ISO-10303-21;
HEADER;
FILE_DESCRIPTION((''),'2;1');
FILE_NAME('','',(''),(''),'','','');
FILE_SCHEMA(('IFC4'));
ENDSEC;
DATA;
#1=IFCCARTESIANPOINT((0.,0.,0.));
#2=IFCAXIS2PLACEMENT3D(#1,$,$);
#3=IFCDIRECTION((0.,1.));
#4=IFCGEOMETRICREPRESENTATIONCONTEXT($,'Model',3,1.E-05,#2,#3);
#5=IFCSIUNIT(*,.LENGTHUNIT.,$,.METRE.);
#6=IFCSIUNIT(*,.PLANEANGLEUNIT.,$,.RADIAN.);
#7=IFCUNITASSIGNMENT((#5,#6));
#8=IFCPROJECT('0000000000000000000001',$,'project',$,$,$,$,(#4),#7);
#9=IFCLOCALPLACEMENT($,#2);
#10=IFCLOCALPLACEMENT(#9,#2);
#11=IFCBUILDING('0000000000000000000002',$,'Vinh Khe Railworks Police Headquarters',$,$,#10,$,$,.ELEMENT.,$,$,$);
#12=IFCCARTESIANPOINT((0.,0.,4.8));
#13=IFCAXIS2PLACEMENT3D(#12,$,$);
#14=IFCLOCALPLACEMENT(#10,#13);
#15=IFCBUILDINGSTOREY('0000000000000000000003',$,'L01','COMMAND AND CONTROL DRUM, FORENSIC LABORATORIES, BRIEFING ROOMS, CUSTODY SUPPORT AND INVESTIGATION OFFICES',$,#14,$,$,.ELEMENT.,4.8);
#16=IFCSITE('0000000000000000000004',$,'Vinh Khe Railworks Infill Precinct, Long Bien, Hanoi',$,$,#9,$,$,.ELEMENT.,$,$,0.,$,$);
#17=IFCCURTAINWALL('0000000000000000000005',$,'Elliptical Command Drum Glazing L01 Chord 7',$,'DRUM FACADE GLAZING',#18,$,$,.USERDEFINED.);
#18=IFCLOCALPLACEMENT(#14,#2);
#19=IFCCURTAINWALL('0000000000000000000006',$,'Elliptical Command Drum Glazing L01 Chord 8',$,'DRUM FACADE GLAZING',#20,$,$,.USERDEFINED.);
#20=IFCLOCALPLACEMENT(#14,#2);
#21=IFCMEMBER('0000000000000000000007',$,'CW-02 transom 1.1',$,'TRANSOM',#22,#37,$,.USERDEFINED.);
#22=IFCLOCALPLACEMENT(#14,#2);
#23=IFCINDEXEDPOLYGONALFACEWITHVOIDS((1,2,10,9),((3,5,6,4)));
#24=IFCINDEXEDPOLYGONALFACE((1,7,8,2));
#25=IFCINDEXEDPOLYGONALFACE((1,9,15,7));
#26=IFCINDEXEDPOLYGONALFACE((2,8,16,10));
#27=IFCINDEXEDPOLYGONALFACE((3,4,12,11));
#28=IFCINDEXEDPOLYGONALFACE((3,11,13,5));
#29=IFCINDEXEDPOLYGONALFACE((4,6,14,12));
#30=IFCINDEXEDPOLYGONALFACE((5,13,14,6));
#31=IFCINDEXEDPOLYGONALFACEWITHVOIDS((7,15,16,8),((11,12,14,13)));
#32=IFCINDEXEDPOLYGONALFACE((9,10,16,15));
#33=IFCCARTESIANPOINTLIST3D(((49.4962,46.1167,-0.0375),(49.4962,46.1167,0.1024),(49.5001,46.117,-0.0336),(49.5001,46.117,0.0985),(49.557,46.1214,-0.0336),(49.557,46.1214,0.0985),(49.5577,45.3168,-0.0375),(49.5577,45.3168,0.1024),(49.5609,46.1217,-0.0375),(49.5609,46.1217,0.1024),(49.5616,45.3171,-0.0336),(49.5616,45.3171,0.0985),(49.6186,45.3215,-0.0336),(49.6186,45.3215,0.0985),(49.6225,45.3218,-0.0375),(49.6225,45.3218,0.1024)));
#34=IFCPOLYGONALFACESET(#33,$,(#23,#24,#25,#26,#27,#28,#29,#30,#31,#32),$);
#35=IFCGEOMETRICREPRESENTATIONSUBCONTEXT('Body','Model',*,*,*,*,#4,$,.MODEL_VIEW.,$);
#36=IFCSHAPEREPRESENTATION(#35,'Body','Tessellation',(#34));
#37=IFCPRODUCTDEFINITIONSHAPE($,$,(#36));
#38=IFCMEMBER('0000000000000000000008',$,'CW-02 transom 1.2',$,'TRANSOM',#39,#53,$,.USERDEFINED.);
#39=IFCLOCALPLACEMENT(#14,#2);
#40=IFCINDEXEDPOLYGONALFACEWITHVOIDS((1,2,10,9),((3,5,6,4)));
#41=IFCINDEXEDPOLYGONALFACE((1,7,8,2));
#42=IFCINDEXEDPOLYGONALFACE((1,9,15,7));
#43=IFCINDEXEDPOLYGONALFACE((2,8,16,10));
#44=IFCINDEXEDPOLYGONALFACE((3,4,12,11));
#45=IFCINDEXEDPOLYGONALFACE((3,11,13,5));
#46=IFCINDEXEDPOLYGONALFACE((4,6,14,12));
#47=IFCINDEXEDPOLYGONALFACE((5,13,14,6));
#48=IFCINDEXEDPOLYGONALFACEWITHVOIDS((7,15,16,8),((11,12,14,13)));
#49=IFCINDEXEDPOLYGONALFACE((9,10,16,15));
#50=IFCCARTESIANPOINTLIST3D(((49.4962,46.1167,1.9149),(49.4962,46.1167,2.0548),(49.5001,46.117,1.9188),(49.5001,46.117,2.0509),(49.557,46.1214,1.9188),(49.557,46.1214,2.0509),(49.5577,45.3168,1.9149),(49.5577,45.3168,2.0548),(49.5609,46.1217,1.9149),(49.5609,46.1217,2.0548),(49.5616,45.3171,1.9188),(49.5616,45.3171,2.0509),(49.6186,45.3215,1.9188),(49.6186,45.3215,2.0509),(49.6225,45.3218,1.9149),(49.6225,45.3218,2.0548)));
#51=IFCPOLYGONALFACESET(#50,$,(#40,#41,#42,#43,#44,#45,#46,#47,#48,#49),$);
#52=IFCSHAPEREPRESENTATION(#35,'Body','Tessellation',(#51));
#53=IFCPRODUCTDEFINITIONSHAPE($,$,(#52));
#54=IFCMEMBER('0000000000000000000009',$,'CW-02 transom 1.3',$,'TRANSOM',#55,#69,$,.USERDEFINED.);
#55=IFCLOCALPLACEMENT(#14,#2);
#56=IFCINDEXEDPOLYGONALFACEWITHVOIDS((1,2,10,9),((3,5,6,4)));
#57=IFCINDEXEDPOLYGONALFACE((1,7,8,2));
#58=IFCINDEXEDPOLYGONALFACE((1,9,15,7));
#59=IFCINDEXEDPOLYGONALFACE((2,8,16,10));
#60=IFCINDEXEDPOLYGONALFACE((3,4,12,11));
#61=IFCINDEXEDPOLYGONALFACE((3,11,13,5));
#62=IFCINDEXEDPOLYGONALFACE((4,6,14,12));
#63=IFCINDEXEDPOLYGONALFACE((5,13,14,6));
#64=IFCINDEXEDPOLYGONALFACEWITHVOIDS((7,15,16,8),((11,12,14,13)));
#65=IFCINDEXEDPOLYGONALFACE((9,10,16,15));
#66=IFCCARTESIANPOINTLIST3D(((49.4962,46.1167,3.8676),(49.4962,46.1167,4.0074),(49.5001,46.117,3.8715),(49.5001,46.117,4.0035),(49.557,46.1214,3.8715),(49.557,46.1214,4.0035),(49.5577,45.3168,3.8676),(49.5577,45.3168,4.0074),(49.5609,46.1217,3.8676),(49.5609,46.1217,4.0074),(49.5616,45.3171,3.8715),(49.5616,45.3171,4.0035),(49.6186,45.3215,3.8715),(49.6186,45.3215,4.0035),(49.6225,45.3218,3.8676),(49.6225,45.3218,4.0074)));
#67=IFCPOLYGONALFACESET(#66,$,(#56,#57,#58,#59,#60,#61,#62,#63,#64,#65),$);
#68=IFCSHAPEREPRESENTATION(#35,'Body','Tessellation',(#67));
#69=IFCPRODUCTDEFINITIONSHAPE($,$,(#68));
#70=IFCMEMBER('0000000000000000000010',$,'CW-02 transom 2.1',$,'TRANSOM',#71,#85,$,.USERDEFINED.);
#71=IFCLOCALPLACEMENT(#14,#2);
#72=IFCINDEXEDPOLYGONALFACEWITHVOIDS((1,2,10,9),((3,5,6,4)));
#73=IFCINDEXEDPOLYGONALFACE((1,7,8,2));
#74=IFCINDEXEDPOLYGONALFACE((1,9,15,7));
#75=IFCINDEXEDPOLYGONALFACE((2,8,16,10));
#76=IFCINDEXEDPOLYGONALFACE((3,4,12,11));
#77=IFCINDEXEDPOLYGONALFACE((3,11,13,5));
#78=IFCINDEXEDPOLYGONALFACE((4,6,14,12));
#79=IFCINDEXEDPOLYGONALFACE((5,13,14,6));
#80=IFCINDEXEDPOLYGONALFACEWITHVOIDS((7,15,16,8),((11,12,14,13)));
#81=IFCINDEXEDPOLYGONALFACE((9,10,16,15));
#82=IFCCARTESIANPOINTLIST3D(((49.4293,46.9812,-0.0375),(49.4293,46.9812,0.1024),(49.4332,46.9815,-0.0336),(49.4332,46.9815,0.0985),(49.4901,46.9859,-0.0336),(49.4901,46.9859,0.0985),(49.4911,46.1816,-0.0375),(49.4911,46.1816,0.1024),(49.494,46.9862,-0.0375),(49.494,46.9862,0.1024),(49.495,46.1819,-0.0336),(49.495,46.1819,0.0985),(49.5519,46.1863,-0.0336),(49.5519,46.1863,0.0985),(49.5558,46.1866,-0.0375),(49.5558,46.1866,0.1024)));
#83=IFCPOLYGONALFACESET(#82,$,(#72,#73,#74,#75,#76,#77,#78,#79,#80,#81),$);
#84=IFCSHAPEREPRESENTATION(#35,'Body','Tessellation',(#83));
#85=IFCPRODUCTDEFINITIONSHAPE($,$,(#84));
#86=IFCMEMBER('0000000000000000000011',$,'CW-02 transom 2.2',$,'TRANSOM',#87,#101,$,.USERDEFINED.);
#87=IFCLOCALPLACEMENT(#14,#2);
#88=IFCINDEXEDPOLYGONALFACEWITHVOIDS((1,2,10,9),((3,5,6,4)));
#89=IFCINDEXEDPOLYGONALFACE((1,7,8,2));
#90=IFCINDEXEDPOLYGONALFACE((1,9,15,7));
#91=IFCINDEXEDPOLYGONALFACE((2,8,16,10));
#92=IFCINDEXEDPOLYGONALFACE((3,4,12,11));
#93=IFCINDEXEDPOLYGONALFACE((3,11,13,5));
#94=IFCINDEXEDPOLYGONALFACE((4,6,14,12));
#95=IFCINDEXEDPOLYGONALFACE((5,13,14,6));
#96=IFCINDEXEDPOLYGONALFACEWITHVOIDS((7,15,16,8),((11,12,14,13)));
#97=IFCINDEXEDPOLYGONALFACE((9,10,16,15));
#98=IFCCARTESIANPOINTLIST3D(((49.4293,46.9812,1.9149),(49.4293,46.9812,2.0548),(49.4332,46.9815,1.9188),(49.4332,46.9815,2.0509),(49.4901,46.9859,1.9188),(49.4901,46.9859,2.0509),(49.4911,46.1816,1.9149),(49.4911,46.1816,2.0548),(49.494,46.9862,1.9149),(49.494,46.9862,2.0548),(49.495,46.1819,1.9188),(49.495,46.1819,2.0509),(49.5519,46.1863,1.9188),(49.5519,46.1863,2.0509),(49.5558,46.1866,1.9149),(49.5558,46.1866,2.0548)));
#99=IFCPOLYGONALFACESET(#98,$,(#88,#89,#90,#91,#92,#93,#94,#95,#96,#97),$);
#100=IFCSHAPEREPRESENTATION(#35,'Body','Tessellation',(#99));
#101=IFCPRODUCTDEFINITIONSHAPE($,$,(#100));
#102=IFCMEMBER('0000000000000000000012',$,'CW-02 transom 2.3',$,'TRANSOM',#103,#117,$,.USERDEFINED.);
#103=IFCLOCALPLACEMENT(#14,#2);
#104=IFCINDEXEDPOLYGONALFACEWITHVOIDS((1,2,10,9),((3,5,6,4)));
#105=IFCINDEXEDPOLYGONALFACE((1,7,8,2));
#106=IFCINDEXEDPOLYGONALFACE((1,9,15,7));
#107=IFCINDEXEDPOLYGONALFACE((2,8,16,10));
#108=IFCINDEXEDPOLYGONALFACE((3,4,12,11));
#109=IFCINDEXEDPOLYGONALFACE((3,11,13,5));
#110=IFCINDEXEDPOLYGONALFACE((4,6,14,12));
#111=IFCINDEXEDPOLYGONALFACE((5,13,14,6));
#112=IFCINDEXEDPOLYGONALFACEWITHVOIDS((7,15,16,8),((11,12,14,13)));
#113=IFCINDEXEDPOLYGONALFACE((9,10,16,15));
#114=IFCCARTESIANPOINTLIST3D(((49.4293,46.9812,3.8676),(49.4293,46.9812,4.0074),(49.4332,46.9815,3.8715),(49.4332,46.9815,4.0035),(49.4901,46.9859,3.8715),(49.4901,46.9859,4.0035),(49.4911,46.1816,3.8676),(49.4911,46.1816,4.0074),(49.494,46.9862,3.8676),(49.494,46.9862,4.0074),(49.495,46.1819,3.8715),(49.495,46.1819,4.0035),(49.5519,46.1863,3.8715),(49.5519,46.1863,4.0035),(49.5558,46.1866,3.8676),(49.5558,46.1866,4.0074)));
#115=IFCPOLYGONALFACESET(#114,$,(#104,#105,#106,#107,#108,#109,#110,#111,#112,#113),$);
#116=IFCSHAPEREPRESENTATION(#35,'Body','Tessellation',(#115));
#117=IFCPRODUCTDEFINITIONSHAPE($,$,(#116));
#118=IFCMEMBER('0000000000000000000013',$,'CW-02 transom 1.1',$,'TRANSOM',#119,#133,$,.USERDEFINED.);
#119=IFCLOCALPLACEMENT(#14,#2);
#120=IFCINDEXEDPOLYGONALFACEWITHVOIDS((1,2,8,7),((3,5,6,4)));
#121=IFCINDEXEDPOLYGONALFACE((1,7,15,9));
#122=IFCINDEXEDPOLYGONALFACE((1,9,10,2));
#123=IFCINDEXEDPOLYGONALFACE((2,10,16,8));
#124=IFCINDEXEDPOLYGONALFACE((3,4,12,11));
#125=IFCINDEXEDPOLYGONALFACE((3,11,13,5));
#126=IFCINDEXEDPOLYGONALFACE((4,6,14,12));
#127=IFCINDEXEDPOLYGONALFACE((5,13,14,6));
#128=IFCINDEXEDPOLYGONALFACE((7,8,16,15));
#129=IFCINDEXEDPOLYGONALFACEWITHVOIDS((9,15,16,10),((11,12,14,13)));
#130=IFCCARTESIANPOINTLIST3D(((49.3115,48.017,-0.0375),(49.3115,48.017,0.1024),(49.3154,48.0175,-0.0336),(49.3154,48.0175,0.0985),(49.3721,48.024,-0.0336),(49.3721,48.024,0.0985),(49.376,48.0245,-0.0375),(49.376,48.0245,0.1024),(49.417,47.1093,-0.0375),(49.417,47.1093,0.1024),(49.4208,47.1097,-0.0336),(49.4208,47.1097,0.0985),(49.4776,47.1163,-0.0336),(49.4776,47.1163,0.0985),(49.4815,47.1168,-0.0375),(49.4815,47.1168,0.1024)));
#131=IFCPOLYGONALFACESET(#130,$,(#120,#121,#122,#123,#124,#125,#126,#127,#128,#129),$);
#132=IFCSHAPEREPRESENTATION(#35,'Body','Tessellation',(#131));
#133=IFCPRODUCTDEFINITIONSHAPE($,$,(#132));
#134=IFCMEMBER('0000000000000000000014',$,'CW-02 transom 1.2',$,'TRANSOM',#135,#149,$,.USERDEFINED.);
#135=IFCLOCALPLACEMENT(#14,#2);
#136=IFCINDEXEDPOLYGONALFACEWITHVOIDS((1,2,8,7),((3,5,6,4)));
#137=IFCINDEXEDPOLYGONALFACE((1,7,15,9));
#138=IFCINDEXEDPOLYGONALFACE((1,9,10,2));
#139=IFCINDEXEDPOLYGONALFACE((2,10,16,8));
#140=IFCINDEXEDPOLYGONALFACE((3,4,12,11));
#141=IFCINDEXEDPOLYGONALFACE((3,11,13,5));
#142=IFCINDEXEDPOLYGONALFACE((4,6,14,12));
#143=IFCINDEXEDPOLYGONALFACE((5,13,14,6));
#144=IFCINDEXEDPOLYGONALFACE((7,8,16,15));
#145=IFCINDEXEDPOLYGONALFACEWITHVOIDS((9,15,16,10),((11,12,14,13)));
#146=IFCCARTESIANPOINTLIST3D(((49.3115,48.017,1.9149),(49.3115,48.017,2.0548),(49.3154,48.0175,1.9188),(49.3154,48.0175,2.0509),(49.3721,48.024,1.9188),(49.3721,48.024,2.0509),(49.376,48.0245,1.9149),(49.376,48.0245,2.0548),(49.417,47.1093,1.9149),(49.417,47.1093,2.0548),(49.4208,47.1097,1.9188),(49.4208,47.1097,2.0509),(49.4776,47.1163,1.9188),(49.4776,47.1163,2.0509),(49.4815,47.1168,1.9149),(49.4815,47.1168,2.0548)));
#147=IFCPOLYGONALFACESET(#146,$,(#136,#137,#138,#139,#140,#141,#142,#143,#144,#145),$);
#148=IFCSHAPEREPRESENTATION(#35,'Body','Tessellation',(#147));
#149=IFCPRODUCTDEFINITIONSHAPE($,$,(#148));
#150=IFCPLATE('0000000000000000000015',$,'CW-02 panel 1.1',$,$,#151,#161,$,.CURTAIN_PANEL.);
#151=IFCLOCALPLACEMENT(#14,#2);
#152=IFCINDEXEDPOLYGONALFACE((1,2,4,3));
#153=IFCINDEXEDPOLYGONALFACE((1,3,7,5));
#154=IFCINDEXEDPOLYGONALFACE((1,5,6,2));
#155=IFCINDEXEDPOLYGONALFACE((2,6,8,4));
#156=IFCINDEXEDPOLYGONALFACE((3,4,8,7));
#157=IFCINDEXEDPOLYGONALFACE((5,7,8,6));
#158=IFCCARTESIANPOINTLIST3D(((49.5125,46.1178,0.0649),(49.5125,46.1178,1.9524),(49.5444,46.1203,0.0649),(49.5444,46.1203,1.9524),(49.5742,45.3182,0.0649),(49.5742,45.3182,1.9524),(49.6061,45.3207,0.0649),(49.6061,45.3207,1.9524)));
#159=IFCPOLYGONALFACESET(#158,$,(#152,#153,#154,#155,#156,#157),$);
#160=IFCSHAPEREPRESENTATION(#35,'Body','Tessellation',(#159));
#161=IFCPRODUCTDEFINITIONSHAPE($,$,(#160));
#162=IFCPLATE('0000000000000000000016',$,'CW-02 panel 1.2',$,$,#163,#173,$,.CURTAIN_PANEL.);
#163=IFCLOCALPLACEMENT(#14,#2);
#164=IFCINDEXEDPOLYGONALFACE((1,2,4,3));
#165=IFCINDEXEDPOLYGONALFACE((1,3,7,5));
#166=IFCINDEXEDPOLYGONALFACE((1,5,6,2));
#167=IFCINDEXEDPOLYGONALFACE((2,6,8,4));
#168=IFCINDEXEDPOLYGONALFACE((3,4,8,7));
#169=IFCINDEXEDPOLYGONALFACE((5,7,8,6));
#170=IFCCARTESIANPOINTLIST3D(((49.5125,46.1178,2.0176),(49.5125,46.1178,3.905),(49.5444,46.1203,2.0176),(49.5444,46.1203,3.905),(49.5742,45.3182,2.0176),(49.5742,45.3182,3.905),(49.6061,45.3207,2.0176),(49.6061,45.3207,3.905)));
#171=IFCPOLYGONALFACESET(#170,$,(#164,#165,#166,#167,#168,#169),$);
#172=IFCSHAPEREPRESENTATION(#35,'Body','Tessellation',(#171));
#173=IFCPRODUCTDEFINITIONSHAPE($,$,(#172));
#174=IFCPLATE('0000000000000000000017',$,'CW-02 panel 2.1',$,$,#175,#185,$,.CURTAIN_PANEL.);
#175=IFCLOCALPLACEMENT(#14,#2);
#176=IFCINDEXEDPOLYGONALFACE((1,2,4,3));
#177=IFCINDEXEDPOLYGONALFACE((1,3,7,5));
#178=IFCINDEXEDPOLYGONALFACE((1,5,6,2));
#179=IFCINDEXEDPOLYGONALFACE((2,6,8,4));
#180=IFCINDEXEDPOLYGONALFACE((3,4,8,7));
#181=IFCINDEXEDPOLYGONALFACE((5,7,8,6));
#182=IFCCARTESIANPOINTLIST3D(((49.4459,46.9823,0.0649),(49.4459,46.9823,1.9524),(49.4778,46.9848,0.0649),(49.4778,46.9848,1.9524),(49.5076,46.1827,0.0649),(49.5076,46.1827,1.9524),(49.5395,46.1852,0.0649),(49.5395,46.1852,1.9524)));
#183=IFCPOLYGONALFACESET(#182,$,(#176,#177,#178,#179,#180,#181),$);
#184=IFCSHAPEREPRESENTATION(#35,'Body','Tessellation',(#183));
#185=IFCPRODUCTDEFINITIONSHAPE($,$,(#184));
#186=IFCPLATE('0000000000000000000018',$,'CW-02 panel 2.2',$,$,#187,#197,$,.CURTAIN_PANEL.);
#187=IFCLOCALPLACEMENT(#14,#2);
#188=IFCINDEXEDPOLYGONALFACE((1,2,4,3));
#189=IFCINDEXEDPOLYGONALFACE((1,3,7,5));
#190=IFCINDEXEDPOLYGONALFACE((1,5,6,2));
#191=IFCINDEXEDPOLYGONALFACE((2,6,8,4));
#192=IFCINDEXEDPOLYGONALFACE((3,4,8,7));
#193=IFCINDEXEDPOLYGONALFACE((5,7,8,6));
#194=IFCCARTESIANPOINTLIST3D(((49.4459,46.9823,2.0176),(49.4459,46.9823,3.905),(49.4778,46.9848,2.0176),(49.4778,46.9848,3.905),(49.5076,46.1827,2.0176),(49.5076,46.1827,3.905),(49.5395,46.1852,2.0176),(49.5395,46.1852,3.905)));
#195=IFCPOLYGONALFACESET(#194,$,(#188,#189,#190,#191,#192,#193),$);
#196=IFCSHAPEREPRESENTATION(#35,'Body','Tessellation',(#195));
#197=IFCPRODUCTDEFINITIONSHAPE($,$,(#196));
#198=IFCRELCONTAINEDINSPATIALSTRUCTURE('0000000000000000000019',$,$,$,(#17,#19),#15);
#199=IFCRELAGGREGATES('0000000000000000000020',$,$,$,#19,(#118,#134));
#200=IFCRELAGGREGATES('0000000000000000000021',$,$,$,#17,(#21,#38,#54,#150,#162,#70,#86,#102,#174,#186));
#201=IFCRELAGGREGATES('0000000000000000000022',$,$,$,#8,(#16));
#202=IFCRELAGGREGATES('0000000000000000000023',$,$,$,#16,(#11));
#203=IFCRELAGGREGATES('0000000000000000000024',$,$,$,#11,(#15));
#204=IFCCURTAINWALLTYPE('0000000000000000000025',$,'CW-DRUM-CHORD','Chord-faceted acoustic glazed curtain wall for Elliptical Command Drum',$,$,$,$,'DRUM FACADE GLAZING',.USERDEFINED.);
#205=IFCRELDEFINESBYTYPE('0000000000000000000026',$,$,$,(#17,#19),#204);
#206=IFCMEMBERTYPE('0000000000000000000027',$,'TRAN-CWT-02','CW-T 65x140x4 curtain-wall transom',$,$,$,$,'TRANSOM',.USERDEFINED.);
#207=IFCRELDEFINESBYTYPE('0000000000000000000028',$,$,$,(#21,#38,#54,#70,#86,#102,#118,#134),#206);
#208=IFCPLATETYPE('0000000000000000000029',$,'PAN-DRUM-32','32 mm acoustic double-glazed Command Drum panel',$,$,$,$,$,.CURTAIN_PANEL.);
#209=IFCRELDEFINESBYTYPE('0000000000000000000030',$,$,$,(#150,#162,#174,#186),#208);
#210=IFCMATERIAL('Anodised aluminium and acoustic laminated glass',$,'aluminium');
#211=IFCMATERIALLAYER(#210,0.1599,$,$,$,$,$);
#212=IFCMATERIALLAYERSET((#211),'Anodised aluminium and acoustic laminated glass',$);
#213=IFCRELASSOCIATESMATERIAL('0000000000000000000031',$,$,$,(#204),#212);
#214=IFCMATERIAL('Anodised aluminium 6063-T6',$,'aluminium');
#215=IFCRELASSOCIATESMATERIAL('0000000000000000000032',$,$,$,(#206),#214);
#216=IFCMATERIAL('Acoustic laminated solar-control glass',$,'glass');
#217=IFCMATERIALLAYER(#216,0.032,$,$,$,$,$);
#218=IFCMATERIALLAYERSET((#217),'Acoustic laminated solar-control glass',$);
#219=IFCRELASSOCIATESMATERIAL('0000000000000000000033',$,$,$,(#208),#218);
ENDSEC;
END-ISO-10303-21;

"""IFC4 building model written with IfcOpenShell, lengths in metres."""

from ifc_helpers import new_model, si_unit, direction, frame, origin, origin_2d, place, context, subcontext, project, spatial, rectangle, hollow_rectangle, extrude, material, layer, layer_set, material_profile, profile_set, type_object, element, aggregate, save


model = new_model("IFC4")

# Units and contexts
model_context = context("Model", 3, precision=1e-05, world=origin(), true_north=direction((0.0, 1.0)))
body_context = subcontext(model_context, "Body", "Model", "MODEL_VIEW")
ifc_project = project(units=[si_unit("LENGTHUNIT", "METRE"), si_unit("PLANEANGLEUNIT", "RADIAN")], contexts=[model_context])

# Site, building, storey
site_placement = place(None, origin())
site = spatial("IfcSite", under=ifc_project, at=site_placement, Name="Vinh Khe Railworks Infill Precinct, Long Bien, Hanoi", CompositionType="ELEMENT", RefElevation=0.0)
building_placement = place(site_placement, origin())
building = spatial("IfcBuilding", under=site, at=building_placement, Name="Vinh Khe Railworks Police Headquarters", CompositionType="ELEMENT")
storey_placement = place(building_placement, frame((0.0, 0.0, 4.8)))
storey = spatial("IfcBuildingStorey", under=building, at=storey_placement, Name="L01", Description="COMMAND AND CONTROL DRUM, FORENSIC LABORATORIES, BRIEFING ROOMS, CUSTODY SUPPORT AND INVESTIGATION OFFICES", CompositionType="ELEMENT", Elevation=4.8)

# Shared definitions
ifc_material_1 = material(Name="Anodised aluminium and acoustic laminated glass", Category="aluminium")
ifc_layer_1 = layer(ifc_material_1, 0.1599)
ifc_layer_set_1 = layer_set([ifc_layer_1], Name="Anodised aluminium and acoustic laminated glass")
curtain_wall_type = type_object("IfcCurtainWallType", Name="CW-DRUM-CHORD", Description="Chord-faceted acoustic glazed curtain wall for Elliptical Command Drum", ElementType="DRUM FACADE GLAZING", PredefinedType="USERDEFINED", material=ifc_layer_set_1)
ifc_material_2 = material(Name="Anodised aluminium 6063-T6", Category="aluminium")

# Curtain wall
curtain_wall_1_placement = place(storey_placement, origin())
curtain_wall_1 = element("IfcCurtainWall", 1, at=curtain_wall_1_placement, inside=storey, type_object=curtain_wall_type, Name="Elliptical Command Drum Glazing L01 Chord 7", ObjectType="DRUM FACADE GLAZING", PredefinedType="USERDEFINED")

# Curtain wall
curtain_wall_2_placement = place(storey_placement, origin())
curtain_wall_2 = element("IfcCurtainWall", 2, at=curtain_wall_2_placement, inside=storey, type_object=curtain_wall_type, Name="Elliptical Command Drum Glazing L01 Chord 8", ObjectType="DRUM FACADE GLAZING", PredefinedType="USERDEFINED")

# Members
ifc_material_profile_1 = material_profile(ifc_material_2, hollow_rectangle(XDim=0.0649, YDim=0.1399, WallThickness=0.0039, at=origin_2d()), Name="CW-T 65x140x4")
ifc_profile_set_1 = profile_set([ifc_material_profile_1], Name="Anodised aluminium 6063-T6")
member_type_1 = type_object("IfcMemberType", Name="TRAN-CWT-02", Description="CW-T 65x140x4 curtain-wall transom", ElementType="TRANSOM", PredefinedType="USERDEFINED", material=ifc_profile_set_1)
member_1_placement = place(storey_placement, frame((49.5901, 45.3193, 0.0325), z_axis=(-0.076696, 0.997054, 0.0), x_axis=(-0.997054, -0.076696, 0.0)))
member_1 = element("IfcMember", 3, at=member_1_placement, type_object=member_type_1, Name="CW-02 transom 1.1", ObjectType="TRANSOM", PredefinedType="USERDEFINED", context=body_context, shape_type="SweptSolid", body=[
    extrude(hollow_rectangle(XDim=0.0649, YDim=0.1399, WallThickness=0.0039, at=origin_2d()), origin(), (0.0, 0.0, 1.0), 0.8022),
])
member_2_placement = place(storey_placement, frame((49.5901, 45.3193, 1.9849), z_axis=(-0.076696, 0.997054, 0.0), x_axis=(-0.997054, -0.076696, 0.0)))
member_2 = element("IfcMember", 4, at=member_2_placement, type_object=member_type_1, Name="CW-02 transom 1.2", ObjectType="TRANSOM", PredefinedType="USERDEFINED", context=body_context, shape_type="SweptSolid", body=[
    extrude(hollow_rectangle(XDim=0.0649, YDim=0.1399, WallThickness=0.0039, at=origin_2d()), origin(), (0.0, 0.0, 1.0), 0.8022),
])
member_3_placement = place(storey_placement, frame((49.5901, 45.3193, 3.9375), z_axis=(-0.076696, 0.997054, 0.0), x_axis=(-0.997054, -0.076696, 0.0)))
member_3 = element("IfcMember", 5, at=member_3_placement, type_object=member_type_1, Name="CW-02 transom 1.3", ObjectType="TRANSOM", PredefinedType="USERDEFINED", context=body_context, shape_type="SweptSolid", body=[
    extrude(hollow_rectangle(XDim=0.0649, YDim=0.1399, WallThickness=0.0039, at=origin_2d()), origin(), (0.0, 0.0, 1.0), 0.8022),
])
member_4_placement = place(storey_placement, frame((49.5234, 46.1841, 0.0325), z_axis=(-0.077022, 0.997029, 0.0), x_axis=(-0.997029, -0.077022, 0.0)))
member_4 = element("IfcMember", 6, at=member_4_placement, type_object=member_type_1, Name="CW-02 transom 2.1", ObjectType="TRANSOM", PredefinedType="USERDEFINED", context=body_context, shape_type="SweptSolid", body=[
    extrude(hollow_rectangle(XDim=0.0649, YDim=0.1399, WallThickness=0.0039, at=origin_2d()), origin(), (0.0, 0.0, 1.0), 0.802),
])
member_5_placement = place(storey_placement, frame((49.5234, 46.1841, 1.9849), z_axis=(-0.077022, 0.997029, 0.0), x_axis=(-0.997029, -0.077022, 0.0)))
member_5 = element("IfcMember", 7, at=member_5_placement, type_object=member_type_1, Name="CW-02 transom 2.2", ObjectType="TRANSOM", PredefinedType="USERDEFINED", context=body_context, shape_type="SweptSolid", body=[
    extrude(hollow_rectangle(XDim=0.0649, YDim=0.1399, WallThickness=0.0039, at=origin_2d()), origin(), (0.0, 0.0, 1.0), 0.802),
])
member_6_placement = place(storey_placement, frame((49.5234, 46.1841, 3.9375), z_axis=(-0.077022, 0.997029, 0.0), x_axis=(-0.997029, -0.077022, 0.0)))
member_6 = element("IfcMember", 8, at=member_6_placement, type_object=member_type_1, Name="CW-02 transom 2.3", ObjectType="TRANSOM", PredefinedType="USERDEFINED", context=body_context, shape_type="SweptSolid", body=[
    extrude(hollow_rectangle(XDim=0.0649, YDim=0.1399, WallThickness=0.0039, at=origin_2d()), origin(), (0.0, 0.0, 1.0), 0.802),
])
member_7_placement = place(storey_placement, frame((49.4492, 47.113, 0.0325), z_axis=(-0.115415, 0.993317, 0.0), x_axis=(-0.993317, -0.115415, 0.0)))
member_7 = element("IfcMember", 9, at=member_7_placement, type_object=member_type_1, Name="CW-02 transom 1.1", ObjectType="TRANSOM", PredefinedType="USERDEFINED", context=body_context, shape_type="SweptSolid", body=[
    extrude(hollow_rectangle(XDim=0.0649, YDim=0.1399, WallThickness=0.0039, at=origin_2d()), origin(), (0.0, 0.0, 1.0), 0.9138),
])
member_8_placement = place(storey_placement, frame((49.4492, 47.113, 1.9849), z_axis=(-0.115415, 0.993317, 0.0), x_axis=(-0.993317, -0.115415, 0.0)))
member_8 = element("IfcMember", 10, at=member_8_placement, type_object=member_type_1, Name="CW-02 transom 1.2", ObjectType="TRANSOM", PredefinedType="USERDEFINED", context=body_context, shape_type="SweptSolid", body=[
    extrude(hollow_rectangle(XDim=0.0649, YDim=0.1399, WallThickness=0.0039, at=origin_2d()), origin(), (0.0, 0.0, 1.0), 0.9138),
])
aggregate(curtain_wall_2, [member_7, member_8])

# Plates
ifc_material_3 = material(Name="Acoustic laminated solar-control glass", Category="glass")
ifc_layer_2 = layer(ifc_material_3, 0.032)
ifc_layer_set_2 = layer_set([ifc_layer_2], Name="Acoustic laminated solar-control glass")
plate_type_1 = type_object("IfcPlateType", Name="PAN-DRUM-32", Description="32 mm acoustic double-glazed Command Drum panel", PredefinedType="CURTAIN_PANEL", material=ifc_layer_set_2)
plate_1_placement = place(storey_placement, frame((49.5593, 45.7192, 0.0649), z_axis=(0.0, 0.0, 1.0), x_axis=(-0.076972, 0.997033, 0.0)))
plate_1 = element("IfcPlate", 11, at=plate_1_placement, type_object=plate_type_1, Name="CW-02 panel 1.1", PredefinedType="CURTAIN_PANEL", context=body_context, shape_type="SweptSolid", body=[
    extrude(rectangle(XDim=0.802, YDim=0.032, at=origin_2d()), origin(), (0.0, 0.0, 1.0), 1.8875),
])
plate_2_placement = place(storey_placement, frame((49.5593, 45.7192, 2.0176), z_axis=(0.0, 0.0, 1.0), x_axis=(-0.076972, 0.997033, 0.0)))
plate_2 = element("IfcPlate", 12, at=plate_2_placement, type_object=plate_type_1, Name="CW-02 panel 1.2", PredefinedType="CURTAIN_PANEL", context=body_context, shape_type="SweptSolid", body=[
    extrude(rectangle(XDim=0.802, YDim=0.032, at=origin_2d()), origin(), (0.0, 0.0, 1.0), 1.8875),
])
plate_3_placement = place(storey_placement, frame((49.4927, 46.5837, 0.0649), z_axis=(0.0, 0.0, 1.0), x_axis=(-0.076972, 0.997033, 0.0)))
plate_3 = element("IfcPlate", 13, at=plate_3_placement, type_object=plate_type_1, Name="CW-02 panel 2.1", PredefinedType="CURTAIN_PANEL", context=body_context, shape_type="SweptSolid", body=[
    extrude(rectangle(XDim=0.802, YDim=0.032, at=origin_2d()), origin(), (0.0, 0.0, 1.0), 1.8875),
])
plate_4_placement = place(storey_placement, frame((49.4927, 46.5837, 2.0176), z_axis=(0.0, 0.0, 1.0), x_axis=(-0.076972, 0.997033, 0.0)))
plate_4 = element("IfcPlate", 14, at=plate_4_placement, type_object=plate_type_1, Name="CW-02 panel 2.2", PredefinedType="CURTAIN_PANEL", context=body_context, shape_type="SweptSolid", body=[
    extrude(rectangle(XDim=0.802, YDim=0.032, at=origin_2d()), origin(), (0.0, 0.0, 1.0), 1.8875),
])
aggregate(curtain_wall_1, [member_1, member_2, member_3, plate_1, plate_2, member_4, member_5, member_6, plate_3, plate_4])

save(model, "model.ifc")
